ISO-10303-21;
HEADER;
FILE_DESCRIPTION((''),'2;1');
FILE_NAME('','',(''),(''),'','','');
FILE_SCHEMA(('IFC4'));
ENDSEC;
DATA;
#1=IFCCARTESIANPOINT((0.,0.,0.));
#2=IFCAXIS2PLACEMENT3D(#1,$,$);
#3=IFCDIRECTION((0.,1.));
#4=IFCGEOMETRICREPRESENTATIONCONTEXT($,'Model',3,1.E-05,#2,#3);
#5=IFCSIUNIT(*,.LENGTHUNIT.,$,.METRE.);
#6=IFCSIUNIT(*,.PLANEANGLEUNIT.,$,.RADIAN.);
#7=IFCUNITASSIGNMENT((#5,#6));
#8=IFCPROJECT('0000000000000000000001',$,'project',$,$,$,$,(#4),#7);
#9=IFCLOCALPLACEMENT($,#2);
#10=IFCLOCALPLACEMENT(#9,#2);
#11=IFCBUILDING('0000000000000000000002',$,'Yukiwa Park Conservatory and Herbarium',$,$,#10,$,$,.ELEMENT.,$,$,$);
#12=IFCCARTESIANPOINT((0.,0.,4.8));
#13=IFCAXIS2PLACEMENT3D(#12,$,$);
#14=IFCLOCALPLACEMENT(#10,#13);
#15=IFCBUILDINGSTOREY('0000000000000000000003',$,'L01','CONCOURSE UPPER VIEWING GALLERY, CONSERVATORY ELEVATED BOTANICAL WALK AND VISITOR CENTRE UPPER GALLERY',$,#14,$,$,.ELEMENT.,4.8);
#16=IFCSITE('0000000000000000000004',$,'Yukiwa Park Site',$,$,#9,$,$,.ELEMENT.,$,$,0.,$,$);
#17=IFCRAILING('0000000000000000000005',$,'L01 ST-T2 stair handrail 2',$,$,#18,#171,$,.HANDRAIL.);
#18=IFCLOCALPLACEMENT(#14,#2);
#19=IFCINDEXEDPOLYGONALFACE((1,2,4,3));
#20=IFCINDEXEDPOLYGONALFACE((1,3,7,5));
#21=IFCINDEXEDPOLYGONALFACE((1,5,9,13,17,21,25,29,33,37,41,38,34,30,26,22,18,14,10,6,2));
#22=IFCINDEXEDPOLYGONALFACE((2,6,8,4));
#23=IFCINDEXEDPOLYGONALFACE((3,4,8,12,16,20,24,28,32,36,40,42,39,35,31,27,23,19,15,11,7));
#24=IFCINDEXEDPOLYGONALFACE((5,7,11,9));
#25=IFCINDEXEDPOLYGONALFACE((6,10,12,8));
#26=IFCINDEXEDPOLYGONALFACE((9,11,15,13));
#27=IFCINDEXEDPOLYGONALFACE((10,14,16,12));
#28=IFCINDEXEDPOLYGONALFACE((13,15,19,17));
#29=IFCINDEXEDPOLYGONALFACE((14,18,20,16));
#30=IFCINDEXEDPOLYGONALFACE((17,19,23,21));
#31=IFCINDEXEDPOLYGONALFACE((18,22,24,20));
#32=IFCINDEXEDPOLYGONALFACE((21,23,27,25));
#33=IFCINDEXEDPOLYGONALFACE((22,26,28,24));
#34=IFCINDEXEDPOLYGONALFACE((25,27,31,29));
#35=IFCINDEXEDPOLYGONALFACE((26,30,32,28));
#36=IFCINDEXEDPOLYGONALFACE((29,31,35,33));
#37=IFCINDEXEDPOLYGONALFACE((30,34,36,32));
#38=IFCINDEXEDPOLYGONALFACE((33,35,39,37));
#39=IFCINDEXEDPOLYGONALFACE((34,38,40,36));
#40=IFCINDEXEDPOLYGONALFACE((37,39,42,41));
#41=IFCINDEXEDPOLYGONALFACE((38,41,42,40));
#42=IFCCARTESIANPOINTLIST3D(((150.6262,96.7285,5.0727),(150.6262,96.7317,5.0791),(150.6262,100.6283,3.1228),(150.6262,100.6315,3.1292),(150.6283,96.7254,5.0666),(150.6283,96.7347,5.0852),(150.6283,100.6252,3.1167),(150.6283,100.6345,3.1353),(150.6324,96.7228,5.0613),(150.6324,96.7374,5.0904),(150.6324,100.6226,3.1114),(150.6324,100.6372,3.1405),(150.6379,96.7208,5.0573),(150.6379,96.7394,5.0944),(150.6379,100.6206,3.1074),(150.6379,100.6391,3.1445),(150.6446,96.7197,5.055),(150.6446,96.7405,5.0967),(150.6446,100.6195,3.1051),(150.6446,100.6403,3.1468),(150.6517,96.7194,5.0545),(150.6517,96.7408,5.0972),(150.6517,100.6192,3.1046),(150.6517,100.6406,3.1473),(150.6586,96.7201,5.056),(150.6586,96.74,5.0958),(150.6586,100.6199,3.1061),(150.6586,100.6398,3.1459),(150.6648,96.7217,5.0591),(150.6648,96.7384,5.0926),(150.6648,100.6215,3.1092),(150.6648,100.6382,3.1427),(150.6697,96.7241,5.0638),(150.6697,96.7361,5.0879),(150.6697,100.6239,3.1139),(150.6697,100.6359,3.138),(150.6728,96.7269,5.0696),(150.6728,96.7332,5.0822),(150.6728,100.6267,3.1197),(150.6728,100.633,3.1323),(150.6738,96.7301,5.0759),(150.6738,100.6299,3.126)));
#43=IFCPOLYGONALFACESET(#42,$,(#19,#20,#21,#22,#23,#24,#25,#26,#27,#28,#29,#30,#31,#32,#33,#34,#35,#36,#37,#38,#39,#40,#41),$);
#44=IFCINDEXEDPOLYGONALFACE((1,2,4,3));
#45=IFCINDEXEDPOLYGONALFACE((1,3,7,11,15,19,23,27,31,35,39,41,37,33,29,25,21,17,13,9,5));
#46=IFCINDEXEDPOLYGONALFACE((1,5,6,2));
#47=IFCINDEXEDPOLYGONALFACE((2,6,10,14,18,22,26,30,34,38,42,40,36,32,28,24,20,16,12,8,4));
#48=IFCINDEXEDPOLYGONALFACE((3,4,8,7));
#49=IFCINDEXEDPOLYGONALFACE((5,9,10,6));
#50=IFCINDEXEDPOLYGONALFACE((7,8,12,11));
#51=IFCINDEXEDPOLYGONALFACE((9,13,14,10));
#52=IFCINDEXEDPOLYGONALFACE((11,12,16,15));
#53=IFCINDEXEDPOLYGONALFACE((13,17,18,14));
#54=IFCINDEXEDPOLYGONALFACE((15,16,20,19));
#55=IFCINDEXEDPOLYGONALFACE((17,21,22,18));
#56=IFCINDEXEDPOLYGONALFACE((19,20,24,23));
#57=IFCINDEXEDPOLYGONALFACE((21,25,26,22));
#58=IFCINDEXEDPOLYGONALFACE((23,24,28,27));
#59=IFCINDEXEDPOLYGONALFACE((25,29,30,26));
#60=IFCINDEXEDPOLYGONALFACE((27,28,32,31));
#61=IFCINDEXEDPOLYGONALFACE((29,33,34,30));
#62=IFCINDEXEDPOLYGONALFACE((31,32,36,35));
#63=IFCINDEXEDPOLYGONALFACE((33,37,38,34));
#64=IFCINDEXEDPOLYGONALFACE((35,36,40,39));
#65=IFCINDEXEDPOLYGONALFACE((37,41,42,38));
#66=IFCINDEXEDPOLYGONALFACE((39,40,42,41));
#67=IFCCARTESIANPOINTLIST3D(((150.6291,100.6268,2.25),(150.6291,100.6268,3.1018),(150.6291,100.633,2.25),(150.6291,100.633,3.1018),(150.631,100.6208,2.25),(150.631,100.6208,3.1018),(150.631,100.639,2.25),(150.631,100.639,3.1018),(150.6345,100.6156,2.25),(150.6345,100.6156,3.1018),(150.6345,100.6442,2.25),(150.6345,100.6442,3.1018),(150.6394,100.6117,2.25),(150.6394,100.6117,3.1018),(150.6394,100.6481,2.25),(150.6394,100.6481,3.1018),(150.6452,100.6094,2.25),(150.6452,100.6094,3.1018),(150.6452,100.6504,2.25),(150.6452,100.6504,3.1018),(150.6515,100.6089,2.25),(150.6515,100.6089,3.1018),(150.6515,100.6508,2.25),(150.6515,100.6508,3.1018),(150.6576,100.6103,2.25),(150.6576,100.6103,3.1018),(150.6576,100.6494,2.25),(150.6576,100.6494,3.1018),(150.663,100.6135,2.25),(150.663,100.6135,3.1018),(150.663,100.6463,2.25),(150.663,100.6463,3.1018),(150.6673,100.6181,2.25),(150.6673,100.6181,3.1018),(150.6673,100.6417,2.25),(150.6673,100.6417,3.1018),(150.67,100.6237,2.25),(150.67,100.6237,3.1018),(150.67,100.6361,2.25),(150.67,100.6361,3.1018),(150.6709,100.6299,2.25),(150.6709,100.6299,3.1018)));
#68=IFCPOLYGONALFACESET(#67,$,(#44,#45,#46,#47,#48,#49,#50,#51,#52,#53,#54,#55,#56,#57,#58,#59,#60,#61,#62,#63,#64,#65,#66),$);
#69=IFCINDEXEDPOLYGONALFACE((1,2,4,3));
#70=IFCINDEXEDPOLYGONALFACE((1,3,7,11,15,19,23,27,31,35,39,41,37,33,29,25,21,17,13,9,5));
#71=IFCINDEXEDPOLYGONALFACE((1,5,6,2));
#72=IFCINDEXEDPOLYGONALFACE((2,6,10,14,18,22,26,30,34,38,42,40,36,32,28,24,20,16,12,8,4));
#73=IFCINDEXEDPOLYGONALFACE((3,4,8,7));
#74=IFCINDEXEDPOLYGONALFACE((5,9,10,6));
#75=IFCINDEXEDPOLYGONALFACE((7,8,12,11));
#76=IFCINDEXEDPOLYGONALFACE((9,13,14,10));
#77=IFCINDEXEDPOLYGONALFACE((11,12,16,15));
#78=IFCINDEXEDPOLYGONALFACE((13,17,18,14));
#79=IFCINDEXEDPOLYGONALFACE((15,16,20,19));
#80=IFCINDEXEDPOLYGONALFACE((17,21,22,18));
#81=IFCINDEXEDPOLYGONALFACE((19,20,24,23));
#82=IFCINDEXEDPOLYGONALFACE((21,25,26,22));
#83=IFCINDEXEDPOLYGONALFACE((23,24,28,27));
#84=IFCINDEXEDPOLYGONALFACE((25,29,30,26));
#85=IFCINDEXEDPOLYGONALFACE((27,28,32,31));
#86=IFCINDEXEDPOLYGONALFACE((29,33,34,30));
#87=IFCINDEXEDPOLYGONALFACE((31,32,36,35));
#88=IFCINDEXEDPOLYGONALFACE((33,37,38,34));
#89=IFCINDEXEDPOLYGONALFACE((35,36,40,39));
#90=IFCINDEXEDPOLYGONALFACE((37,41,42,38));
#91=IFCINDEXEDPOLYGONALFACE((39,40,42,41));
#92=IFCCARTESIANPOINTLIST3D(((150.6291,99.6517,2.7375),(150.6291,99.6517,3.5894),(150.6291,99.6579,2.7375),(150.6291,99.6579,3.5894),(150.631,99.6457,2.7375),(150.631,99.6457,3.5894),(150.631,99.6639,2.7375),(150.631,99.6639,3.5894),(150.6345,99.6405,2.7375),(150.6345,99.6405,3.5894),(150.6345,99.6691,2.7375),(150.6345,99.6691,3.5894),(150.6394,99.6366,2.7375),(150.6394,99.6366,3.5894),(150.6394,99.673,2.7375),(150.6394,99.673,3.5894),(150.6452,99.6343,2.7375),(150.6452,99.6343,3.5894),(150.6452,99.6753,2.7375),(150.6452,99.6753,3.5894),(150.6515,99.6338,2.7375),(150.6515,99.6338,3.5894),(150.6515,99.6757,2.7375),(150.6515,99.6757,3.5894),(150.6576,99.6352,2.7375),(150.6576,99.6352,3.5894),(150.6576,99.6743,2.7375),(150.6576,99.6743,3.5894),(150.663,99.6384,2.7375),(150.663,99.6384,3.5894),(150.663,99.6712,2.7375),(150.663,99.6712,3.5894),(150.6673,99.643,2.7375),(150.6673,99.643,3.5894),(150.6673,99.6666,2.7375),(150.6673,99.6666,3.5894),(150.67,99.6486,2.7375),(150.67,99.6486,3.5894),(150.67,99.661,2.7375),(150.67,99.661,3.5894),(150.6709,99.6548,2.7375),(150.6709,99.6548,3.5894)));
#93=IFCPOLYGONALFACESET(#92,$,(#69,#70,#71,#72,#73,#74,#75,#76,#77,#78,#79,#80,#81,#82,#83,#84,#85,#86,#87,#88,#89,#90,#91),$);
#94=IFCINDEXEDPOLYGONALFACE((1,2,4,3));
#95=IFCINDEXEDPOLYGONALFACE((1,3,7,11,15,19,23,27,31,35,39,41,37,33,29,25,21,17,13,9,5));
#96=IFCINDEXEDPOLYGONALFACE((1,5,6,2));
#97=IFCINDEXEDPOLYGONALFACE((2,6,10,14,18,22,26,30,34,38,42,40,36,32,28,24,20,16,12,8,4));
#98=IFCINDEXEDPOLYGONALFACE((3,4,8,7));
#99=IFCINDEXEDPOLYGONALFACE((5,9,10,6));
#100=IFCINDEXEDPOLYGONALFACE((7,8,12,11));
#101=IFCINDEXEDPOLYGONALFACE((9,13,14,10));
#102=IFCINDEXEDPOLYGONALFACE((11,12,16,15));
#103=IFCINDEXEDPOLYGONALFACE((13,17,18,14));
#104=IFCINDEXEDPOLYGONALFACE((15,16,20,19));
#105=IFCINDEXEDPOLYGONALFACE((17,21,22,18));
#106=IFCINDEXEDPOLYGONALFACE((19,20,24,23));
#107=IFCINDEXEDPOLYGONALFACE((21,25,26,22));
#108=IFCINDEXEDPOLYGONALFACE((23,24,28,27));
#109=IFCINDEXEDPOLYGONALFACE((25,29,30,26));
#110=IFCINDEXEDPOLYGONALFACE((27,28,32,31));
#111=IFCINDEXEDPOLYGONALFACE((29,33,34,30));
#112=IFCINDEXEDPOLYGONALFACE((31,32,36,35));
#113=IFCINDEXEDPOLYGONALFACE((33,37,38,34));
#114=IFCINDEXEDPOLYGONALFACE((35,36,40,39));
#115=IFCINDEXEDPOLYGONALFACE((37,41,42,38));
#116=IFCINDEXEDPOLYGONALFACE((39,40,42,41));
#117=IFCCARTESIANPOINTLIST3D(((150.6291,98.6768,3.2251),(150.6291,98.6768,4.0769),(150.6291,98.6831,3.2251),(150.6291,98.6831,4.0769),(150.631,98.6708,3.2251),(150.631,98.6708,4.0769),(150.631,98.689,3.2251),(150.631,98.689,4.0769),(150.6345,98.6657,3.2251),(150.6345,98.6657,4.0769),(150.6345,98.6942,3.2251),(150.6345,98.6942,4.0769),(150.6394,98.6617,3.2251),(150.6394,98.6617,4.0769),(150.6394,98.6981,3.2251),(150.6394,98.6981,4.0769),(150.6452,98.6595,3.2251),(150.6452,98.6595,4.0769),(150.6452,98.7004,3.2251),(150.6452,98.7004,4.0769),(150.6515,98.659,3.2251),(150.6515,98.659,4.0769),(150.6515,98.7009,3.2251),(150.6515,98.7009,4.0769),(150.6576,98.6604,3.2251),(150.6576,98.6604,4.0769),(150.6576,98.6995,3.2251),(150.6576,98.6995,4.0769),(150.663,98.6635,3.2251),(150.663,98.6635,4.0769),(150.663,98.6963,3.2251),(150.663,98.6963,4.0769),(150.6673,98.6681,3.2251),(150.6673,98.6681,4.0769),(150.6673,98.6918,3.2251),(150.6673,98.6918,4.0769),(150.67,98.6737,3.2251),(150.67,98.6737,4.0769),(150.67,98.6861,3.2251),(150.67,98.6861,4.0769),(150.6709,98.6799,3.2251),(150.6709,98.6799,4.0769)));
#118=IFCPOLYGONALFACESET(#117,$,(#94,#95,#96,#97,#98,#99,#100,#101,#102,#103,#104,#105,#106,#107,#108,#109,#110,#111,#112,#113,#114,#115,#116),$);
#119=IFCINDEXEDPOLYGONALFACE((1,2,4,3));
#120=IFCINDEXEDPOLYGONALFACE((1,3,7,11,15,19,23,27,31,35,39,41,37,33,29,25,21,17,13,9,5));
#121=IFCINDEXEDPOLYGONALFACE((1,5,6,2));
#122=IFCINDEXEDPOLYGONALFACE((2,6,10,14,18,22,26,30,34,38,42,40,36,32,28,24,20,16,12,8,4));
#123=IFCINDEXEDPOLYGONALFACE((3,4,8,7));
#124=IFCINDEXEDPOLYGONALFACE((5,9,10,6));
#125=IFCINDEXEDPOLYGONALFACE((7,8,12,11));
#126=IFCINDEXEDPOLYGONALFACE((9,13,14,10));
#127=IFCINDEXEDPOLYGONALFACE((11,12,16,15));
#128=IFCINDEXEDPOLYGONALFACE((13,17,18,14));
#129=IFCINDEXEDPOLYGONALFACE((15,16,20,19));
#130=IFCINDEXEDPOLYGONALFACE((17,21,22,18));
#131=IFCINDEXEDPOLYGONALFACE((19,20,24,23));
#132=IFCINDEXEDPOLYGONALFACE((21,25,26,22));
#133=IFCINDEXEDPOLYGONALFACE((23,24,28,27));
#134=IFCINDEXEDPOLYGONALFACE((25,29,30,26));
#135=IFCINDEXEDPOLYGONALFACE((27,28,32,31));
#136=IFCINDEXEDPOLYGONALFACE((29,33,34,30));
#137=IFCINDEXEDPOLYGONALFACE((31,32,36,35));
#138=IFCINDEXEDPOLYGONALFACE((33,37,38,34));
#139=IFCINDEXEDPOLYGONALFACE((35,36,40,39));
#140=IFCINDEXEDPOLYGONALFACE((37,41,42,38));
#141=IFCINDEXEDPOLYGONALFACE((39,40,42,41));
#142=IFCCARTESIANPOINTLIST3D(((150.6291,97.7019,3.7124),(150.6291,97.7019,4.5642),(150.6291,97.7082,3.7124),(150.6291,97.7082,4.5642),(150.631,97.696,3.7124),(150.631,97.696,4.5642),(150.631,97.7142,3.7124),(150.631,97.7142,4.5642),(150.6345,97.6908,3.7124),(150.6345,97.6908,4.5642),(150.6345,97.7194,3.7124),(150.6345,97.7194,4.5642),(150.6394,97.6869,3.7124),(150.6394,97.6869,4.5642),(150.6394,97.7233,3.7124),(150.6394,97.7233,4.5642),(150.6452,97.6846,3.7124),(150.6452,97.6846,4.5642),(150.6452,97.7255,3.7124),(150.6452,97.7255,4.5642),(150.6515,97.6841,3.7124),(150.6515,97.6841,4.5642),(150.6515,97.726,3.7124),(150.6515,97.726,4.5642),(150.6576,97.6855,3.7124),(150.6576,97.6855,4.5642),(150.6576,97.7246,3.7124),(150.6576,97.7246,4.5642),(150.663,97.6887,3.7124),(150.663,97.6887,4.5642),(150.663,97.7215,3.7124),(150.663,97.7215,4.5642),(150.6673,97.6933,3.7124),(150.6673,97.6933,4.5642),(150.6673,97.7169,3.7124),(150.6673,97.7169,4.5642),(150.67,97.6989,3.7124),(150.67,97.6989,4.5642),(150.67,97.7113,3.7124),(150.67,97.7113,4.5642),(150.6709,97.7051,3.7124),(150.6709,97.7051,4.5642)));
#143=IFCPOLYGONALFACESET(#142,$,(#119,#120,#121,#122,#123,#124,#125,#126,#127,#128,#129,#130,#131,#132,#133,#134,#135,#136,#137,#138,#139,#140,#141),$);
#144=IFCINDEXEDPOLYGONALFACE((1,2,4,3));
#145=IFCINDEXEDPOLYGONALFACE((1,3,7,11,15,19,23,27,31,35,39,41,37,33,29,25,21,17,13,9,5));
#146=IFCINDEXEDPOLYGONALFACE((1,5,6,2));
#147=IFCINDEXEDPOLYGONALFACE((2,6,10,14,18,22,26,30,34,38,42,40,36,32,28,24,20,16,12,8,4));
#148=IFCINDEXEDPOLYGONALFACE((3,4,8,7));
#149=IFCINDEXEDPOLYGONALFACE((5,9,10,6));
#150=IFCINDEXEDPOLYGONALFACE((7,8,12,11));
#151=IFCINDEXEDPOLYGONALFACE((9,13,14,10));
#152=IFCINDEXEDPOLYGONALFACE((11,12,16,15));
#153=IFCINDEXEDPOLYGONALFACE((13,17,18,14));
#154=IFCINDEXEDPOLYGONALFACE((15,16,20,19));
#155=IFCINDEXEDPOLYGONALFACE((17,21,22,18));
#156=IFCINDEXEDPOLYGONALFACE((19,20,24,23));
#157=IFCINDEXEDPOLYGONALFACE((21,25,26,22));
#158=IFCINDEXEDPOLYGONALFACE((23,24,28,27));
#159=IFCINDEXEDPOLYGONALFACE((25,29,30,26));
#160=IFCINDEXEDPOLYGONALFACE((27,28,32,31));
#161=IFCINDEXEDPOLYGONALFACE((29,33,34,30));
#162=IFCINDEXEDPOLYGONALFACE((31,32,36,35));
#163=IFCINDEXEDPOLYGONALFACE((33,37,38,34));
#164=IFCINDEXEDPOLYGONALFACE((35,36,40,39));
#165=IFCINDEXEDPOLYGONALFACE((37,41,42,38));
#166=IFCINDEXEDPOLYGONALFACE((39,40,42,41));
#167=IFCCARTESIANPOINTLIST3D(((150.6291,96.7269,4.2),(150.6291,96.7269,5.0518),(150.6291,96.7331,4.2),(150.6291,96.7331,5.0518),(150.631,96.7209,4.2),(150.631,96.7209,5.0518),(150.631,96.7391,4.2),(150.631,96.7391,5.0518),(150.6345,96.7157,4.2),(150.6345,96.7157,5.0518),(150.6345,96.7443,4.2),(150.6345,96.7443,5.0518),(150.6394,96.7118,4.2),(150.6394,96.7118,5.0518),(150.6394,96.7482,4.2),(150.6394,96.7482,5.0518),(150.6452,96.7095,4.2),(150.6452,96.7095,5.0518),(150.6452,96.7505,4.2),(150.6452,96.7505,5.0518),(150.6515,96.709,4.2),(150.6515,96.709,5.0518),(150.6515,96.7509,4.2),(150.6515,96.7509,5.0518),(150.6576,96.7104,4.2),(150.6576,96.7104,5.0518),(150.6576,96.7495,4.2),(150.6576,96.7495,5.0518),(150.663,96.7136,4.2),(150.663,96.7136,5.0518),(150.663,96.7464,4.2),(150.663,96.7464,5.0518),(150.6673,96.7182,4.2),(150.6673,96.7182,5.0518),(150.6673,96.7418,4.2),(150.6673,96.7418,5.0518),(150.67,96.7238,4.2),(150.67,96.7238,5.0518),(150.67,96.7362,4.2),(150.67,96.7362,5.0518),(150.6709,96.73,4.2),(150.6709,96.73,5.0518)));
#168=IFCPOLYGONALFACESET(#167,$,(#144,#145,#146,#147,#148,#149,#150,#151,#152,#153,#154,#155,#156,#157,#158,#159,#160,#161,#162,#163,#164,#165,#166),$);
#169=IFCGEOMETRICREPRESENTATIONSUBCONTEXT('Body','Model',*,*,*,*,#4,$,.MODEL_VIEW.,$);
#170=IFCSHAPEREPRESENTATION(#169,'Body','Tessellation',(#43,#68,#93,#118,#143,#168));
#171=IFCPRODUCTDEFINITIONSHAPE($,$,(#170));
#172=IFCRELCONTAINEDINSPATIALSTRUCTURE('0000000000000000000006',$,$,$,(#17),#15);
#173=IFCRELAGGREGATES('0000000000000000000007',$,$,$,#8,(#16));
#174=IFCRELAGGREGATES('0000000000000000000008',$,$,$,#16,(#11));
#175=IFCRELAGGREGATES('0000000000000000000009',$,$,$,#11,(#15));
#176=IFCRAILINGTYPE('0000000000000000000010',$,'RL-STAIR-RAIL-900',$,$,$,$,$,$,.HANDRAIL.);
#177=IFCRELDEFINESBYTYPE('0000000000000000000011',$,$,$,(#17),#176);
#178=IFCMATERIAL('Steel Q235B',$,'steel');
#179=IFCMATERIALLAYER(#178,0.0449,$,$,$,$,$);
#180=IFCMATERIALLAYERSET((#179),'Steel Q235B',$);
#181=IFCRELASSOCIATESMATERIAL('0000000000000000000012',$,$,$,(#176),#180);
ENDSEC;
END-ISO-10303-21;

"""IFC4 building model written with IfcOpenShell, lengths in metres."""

from ifc_helpers import new_model, si_unit, direction, frame, origin, origin_2d, place, context, subcontext, project, spatial, circle, extrude, material, layer, layer_set, type_object, element, save


model = new_model("IFC4")

# Units and contexts
model_context = context("Model", 3, precision=1e-05, world=origin(), true_north=direction((0.0, 1.0)))
body_context = subcontext(model_context, "Body", "Model", "MODEL_VIEW")
ifc_project = project(units=[si_unit("LENGTHUNIT", "METRE"), si_unit("PLANEANGLEUNIT", "RADIAN")], contexts=[model_context])

# Site, building, storey
site_placement = place(None, origin())
site = spatial("IfcSite", under=ifc_project, at=site_placement, Name="Yukiwa Park Site", CompositionType="ELEMENT", RefElevation=0.0)
building_placement = place(site_placement, origin())
building = spatial("IfcBuilding", under=site, at=building_placement, Name="Yukiwa Park Conservatory and Herbarium", CompositionType="ELEMENT")
storey_placement = place(building_placement, frame((0.0, 0.0, 4.8)))
storey = spatial("IfcBuildingStorey", under=building, at=storey_placement, Name="L01", Description="CONCOURSE UPPER VIEWING GALLERY, CONSERVATORY ELEVATED BOTANICAL WALK AND VISITOR CENTRE UPPER GALLERY", CompositionType="ELEMENT", Elevation=4.8)

# Railing
ifc_material_1 = material(Name="Steel Q235B", Category="steel")
ifc_layer_1 = layer(ifc_material_1, 0.0449)
ifc_layer_set_1 = layer_set([ifc_layer_1], Name="Steel Q235B")
railing_type_1 = type_object("IfcRailingType", Name="RL-STAIR-RAIL-900", PredefinedType="HANDRAIL", material=ifc_layer_set_1)
railing_1_placement = place(storey_placement, frame((150.6499, 100.6299, 2.25)))
element("IfcRailing", 1, at=railing_1_placement, inside=storey, type_object=railing_type_1, Name="L01 ST-T2 stair handrail 2", PredefinedType="HANDRAIL", context=body_context, shape_type="SweptSolid", body=[
    extrude(circle(Radius=0.0239, at=origin_2d()), frame((0.0, 0.0, 0.876), z_axis=(0.0, -0.894427, 0.447214), x_axis=(1.0, 0.0, 0.0)), (0.0, 0.0, 1.0), 4.3601),
    extrude(circle(Radius=0.021, at=origin_2d()), origin(), (0.0, 0.0, 1.0), 0.8518),
    extrude(circle(Radius=0.021, at=origin_2d()), frame((0.0, -0.9751, 0.4875)), (0.0, 0.0, 1.0), 0.8518),
    extrude(circle(Radius=0.021, at=origin_2d()), frame((0.0, -1.95, 0.9751)), (0.0, 0.0, 1.0), 0.8518),
    extrude(circle(Radius=0.021, at=origin_2d()), frame((0.0, -2.9248, 1.4624)), (0.0, 0.0, 1.0), 0.8518),
    extrude(circle(Radius=0.021, at=origin_2d()), frame((0.0, -3.8999, 1.95)), (0.0, 0.0, 1.0), 0.8518),
])

save(model, "model.ifc")
